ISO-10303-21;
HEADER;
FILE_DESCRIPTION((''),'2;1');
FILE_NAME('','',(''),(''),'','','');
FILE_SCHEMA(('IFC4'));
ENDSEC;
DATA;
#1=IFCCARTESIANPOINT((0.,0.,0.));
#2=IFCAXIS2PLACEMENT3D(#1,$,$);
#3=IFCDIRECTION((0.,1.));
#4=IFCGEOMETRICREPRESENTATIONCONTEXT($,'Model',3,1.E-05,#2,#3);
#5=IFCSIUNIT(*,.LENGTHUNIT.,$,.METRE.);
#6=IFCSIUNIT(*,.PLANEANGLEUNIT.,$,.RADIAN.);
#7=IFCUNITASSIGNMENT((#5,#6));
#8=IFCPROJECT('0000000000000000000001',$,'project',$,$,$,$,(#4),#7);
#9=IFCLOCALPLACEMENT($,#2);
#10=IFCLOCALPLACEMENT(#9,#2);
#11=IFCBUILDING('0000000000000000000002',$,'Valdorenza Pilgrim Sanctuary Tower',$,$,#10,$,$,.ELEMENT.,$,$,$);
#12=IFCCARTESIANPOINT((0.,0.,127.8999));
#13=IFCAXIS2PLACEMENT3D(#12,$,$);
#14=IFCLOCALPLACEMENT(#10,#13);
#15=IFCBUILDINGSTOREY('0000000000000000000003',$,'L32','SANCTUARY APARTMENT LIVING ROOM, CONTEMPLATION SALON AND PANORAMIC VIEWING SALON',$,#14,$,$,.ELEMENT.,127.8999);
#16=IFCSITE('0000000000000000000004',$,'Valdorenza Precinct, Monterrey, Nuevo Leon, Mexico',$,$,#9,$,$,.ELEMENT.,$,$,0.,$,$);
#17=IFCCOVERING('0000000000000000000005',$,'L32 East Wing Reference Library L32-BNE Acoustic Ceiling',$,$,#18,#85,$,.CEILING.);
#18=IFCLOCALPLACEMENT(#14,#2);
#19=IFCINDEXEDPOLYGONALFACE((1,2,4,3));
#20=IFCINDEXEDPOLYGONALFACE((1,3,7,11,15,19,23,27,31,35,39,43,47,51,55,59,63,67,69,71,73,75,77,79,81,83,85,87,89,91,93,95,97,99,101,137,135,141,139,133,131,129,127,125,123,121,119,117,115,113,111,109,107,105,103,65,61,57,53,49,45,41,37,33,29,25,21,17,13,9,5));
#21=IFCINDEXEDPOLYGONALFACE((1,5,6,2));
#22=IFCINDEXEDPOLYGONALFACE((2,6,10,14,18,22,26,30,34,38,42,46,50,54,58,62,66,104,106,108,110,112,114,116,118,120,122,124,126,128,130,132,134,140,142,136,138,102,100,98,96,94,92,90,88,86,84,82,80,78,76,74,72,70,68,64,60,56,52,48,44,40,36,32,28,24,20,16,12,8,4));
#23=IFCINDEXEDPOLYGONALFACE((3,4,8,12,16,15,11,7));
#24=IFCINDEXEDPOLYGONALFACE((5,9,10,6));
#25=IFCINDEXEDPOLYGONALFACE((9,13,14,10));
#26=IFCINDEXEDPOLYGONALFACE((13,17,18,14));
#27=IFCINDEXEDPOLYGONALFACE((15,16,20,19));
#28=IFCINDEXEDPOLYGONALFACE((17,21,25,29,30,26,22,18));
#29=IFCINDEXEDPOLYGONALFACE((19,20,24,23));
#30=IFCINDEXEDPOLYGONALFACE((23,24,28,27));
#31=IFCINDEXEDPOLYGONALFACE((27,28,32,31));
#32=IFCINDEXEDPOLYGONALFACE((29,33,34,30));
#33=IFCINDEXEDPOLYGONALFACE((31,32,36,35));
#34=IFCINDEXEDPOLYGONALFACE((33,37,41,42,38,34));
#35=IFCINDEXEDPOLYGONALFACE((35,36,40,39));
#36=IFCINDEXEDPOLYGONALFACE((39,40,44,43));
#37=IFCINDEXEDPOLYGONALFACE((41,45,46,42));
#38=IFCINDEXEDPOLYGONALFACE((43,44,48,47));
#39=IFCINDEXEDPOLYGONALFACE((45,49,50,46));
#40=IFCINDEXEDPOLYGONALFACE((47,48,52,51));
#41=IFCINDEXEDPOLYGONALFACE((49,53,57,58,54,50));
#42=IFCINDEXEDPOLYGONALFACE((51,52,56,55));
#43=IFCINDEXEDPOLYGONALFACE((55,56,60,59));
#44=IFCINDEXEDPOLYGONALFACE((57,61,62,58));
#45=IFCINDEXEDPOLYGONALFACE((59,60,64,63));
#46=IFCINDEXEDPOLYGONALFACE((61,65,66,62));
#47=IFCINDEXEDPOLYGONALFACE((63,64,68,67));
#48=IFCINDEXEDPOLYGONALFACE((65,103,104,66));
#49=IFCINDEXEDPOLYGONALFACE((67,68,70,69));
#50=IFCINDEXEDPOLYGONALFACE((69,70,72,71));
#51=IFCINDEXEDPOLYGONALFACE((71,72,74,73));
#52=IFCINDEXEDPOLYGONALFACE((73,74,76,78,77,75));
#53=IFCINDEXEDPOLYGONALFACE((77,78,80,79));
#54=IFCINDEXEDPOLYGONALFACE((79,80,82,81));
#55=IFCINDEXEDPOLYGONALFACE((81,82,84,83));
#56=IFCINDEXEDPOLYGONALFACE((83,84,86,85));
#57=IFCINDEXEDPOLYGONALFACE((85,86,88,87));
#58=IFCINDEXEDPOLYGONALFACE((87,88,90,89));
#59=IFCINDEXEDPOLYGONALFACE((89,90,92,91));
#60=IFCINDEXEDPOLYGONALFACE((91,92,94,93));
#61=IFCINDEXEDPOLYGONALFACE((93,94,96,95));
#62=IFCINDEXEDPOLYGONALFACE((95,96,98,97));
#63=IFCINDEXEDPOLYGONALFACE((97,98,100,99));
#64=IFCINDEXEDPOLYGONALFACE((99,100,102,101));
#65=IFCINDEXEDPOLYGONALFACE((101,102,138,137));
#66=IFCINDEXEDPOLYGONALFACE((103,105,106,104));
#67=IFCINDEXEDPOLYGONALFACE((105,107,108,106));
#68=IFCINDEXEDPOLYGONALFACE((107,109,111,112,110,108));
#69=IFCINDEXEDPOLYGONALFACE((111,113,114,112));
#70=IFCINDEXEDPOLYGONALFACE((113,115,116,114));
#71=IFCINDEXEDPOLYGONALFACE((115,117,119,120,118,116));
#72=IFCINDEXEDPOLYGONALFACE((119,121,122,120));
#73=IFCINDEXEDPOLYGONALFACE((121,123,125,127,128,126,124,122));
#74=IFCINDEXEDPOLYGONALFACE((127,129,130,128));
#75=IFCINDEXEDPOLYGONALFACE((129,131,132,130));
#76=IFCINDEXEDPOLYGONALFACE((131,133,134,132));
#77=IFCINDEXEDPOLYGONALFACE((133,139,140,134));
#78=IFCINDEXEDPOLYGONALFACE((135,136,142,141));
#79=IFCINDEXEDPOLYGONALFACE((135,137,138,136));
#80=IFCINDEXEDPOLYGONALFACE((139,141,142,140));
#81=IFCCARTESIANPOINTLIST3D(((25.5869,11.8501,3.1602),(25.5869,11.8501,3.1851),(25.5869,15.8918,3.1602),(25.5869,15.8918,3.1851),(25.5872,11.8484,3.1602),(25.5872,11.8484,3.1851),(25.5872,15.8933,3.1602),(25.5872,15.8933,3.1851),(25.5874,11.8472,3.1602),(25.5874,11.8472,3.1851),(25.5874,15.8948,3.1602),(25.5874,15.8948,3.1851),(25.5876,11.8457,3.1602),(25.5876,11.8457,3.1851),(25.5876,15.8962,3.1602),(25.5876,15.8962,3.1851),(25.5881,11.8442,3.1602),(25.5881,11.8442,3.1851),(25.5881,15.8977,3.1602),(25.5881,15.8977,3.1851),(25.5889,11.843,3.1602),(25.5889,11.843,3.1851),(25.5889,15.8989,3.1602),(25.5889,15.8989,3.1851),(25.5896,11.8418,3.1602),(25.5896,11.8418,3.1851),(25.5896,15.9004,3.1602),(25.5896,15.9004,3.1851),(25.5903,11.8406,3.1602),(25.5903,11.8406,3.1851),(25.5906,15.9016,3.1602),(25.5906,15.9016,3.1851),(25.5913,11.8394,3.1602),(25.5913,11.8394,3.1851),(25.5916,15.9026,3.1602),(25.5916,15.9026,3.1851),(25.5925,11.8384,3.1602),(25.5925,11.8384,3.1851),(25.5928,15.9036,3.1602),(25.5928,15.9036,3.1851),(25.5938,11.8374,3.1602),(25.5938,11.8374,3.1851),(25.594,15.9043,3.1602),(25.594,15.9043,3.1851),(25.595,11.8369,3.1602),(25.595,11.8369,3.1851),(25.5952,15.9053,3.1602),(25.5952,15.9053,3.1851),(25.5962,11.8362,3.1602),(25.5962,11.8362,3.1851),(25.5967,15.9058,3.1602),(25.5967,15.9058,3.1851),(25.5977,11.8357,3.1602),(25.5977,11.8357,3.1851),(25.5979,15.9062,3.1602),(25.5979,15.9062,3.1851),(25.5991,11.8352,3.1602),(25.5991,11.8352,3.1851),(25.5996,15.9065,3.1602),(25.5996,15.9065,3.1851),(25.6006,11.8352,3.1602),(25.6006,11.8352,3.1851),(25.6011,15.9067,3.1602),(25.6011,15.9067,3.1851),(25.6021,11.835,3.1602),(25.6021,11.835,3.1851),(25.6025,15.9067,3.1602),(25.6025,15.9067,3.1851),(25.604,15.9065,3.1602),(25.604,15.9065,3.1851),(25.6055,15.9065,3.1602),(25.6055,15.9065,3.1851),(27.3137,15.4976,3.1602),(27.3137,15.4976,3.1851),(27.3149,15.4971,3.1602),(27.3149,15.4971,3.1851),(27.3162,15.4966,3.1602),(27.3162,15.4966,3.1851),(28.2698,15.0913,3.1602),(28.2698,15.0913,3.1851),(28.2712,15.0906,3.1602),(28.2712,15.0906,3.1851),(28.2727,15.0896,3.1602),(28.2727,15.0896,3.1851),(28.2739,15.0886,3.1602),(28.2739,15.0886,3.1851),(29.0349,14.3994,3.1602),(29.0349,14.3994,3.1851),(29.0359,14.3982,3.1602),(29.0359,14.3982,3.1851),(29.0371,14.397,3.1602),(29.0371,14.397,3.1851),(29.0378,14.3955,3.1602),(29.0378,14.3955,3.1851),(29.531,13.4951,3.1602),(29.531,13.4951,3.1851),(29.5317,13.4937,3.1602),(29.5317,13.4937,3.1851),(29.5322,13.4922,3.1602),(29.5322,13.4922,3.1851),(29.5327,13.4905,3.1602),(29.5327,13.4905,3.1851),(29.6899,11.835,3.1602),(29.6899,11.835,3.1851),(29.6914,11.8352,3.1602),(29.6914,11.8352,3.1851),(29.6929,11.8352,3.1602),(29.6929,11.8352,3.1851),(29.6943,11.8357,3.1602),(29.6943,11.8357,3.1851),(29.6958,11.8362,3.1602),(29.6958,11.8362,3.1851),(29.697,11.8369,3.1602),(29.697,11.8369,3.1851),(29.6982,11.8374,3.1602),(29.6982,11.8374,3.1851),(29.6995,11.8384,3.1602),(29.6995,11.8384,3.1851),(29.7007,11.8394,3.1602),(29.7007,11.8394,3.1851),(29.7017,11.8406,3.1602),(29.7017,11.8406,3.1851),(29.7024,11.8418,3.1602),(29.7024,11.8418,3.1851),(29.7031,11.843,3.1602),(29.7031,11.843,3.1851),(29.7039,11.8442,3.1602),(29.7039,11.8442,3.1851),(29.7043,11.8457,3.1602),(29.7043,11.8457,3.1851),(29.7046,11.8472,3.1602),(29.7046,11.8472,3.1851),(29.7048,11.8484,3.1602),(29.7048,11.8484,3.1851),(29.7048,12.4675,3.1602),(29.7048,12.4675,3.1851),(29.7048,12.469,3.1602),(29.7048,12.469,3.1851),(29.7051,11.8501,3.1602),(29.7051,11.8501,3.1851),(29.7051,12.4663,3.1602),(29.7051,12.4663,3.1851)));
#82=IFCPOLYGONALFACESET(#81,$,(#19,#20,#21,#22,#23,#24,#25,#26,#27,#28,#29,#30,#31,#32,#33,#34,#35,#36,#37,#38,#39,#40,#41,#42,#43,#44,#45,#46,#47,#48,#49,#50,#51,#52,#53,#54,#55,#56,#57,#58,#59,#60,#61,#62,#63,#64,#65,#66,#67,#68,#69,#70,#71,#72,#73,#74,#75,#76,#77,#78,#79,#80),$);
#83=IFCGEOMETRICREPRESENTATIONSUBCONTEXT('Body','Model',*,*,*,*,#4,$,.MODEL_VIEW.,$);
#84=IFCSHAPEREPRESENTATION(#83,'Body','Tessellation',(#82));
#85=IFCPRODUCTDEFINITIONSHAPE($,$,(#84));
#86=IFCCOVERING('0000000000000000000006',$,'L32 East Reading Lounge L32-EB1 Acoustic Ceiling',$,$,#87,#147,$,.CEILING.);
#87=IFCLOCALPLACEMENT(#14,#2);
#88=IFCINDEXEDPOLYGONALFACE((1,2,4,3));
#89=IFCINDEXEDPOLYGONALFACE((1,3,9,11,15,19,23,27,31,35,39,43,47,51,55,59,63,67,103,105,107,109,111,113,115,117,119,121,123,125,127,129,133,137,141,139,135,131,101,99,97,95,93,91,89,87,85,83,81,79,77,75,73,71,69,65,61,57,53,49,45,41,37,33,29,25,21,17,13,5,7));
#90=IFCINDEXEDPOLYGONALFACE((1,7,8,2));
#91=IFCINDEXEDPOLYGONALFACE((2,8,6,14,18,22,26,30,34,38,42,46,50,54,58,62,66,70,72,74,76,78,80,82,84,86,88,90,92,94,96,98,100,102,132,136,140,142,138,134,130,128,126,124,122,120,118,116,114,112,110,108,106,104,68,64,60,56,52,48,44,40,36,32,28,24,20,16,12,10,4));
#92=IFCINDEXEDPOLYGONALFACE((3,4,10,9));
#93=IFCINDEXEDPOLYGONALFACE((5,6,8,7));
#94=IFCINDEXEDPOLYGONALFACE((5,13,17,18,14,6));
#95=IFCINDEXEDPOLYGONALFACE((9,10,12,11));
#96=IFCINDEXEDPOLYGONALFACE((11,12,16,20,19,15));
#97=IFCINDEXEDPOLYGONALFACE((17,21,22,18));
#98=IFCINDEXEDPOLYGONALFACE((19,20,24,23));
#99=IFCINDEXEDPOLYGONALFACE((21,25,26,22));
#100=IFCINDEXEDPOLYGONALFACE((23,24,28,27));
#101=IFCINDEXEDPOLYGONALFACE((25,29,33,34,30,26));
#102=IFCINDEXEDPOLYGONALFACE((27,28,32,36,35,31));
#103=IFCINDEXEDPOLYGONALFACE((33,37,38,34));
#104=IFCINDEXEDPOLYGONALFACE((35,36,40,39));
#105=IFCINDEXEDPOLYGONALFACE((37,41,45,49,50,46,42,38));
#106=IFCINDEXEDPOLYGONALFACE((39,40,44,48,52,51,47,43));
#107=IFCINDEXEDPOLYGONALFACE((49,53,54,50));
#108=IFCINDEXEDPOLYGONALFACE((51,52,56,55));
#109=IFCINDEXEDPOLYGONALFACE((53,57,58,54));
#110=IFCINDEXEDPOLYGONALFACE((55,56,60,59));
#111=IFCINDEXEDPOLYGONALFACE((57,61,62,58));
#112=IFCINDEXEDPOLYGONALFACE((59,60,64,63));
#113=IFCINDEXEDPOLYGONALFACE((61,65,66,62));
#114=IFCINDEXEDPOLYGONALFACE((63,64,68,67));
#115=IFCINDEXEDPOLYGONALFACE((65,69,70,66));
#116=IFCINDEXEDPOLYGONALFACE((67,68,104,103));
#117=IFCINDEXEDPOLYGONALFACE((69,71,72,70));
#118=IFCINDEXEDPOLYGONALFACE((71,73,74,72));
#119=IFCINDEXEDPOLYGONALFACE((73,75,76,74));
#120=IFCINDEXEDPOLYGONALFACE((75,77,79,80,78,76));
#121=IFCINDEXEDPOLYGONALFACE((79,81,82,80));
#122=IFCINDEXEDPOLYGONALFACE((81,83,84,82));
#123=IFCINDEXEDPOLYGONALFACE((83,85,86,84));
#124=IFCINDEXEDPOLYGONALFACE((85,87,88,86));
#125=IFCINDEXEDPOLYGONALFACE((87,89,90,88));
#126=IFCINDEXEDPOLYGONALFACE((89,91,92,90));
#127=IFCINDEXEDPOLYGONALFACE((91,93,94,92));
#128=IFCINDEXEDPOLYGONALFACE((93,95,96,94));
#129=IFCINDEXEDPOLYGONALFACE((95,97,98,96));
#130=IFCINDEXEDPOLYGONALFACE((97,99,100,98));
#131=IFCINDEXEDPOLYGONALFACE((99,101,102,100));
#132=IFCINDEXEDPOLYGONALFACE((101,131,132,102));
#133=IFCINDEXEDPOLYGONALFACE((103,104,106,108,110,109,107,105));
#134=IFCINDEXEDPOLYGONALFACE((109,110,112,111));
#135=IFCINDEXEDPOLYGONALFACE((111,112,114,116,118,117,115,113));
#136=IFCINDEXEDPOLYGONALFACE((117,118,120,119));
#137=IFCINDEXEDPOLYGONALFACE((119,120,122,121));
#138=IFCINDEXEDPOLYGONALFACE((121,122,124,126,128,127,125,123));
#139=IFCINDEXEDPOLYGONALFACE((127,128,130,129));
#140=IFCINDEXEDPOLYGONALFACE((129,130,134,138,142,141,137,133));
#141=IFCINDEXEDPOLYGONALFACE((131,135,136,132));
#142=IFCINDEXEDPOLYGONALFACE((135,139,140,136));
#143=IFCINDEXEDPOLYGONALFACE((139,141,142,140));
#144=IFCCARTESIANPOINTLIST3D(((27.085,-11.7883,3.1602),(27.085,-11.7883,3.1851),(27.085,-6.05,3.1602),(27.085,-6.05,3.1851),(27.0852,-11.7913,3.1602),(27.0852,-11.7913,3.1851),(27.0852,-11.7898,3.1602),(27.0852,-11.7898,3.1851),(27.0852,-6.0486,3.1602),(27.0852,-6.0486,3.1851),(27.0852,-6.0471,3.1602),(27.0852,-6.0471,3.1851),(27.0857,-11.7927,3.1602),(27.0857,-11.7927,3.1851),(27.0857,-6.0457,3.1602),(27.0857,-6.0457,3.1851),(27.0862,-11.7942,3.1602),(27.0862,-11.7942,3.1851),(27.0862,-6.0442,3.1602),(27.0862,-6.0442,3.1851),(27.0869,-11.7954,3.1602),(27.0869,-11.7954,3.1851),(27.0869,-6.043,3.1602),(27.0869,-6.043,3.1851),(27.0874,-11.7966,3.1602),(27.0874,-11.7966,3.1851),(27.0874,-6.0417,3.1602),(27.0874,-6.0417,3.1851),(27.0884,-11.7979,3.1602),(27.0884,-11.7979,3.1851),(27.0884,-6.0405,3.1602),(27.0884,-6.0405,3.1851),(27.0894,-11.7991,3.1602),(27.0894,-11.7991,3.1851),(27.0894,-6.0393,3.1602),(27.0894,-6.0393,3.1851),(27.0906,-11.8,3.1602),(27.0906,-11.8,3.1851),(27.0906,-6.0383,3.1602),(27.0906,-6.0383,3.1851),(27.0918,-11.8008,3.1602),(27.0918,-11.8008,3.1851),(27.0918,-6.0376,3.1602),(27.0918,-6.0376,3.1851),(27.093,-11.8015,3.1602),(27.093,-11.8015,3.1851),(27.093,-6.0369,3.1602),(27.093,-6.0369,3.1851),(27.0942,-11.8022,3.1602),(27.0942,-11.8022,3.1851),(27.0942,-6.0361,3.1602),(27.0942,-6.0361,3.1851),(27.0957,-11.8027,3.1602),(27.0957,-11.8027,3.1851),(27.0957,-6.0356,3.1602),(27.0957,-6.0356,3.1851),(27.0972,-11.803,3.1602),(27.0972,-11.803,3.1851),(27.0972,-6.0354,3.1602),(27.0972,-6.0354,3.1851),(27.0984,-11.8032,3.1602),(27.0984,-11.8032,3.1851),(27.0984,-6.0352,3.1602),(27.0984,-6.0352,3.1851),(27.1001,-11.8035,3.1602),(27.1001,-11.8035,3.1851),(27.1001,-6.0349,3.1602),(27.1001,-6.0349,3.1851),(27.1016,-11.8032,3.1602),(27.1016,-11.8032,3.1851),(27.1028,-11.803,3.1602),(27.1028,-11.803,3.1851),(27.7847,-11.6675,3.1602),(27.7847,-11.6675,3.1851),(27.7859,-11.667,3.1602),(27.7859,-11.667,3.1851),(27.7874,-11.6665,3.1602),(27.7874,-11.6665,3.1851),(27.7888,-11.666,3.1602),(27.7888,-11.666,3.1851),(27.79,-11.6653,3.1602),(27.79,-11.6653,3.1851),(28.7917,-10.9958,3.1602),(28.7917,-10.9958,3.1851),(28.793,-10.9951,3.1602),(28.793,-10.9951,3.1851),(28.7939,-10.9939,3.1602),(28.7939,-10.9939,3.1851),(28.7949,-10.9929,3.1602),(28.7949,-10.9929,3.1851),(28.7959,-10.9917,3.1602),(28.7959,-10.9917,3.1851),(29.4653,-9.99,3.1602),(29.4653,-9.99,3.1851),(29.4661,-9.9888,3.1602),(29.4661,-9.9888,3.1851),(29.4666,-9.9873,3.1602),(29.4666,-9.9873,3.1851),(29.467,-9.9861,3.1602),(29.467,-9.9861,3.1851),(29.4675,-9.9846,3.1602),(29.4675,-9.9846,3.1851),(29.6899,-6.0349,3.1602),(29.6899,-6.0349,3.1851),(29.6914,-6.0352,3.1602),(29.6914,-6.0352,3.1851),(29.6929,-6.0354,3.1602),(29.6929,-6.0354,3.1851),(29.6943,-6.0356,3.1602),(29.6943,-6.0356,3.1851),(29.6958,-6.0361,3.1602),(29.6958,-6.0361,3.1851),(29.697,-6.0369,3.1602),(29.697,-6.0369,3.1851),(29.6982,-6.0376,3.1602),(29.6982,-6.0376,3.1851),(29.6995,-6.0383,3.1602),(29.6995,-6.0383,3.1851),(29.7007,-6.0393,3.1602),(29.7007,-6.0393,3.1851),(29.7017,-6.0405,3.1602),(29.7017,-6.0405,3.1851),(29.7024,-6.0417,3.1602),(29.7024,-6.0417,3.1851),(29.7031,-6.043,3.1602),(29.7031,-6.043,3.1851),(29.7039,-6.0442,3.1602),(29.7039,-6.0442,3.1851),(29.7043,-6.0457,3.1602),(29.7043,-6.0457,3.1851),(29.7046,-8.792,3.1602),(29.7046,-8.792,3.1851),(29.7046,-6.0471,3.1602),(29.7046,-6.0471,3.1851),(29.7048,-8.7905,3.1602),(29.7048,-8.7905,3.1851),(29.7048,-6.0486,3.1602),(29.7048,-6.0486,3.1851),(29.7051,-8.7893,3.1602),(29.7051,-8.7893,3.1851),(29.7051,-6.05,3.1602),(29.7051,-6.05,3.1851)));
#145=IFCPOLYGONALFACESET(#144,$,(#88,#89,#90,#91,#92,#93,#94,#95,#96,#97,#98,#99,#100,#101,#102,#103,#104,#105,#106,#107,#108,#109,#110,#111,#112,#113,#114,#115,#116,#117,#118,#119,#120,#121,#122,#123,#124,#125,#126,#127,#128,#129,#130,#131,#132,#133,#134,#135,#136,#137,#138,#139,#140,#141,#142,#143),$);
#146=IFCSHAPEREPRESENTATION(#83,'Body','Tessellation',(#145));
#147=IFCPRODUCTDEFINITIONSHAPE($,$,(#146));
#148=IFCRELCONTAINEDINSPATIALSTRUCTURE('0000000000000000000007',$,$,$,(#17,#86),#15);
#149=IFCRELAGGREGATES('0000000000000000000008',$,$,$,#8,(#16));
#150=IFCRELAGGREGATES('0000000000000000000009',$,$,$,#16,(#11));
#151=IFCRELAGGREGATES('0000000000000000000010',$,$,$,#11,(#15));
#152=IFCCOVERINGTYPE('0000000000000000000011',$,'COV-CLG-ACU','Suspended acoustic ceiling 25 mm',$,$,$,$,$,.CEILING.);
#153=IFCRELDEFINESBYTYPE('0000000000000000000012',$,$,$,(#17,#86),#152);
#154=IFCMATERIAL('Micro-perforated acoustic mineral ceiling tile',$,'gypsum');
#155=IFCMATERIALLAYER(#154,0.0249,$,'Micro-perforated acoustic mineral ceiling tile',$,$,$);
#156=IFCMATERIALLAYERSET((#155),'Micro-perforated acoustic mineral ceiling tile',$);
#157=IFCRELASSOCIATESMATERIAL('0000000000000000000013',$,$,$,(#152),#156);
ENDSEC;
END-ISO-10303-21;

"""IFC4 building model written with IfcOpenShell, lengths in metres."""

from ifc_helpers import new_model, si_unit, direction, frame, origin, place, context, subcontext, project, spatial, polyline, outline, extrude, material, layer, layer_set, type_object, element, save


model = new_model("IFC4")

# Units and contexts
model_context = context("Model", 3, precision=1e-05, world=origin(), true_north=direction((0.0, 1.0)))
body_context = subcontext(model_context, "Body", "Model", "MODEL_VIEW")
ifc_project = project(units=[si_unit("LENGTHUNIT", "METRE"), si_unit("PLANEANGLEUNIT", "RADIAN")], contexts=[model_context])

# Site, building, storey
site_placement = place(None, origin())
site = spatial("IfcSite", under=ifc_project, at=site_placement, Name="Valdorenza Precinct, Monterrey, Nuevo Leon, Mexico", CompositionType="ELEMENT", RefElevation=0.0)
building_placement = place(site_placement, origin())
building = spatial("IfcBuilding", under=site, at=building_placement, Name="Valdorenza Pilgrim Sanctuary Tower", CompositionType="ELEMENT")
storey_placement = place(building_placement, frame((0.0, 0.0, 127.8999)))
storey = spatial("IfcBuildingStorey", under=building, at=storey_placement, Name="L32", Description="SANCTUARY APARTMENT LIVING ROOM, CONTEMPLATION SALON AND PANORAMIC VIEWING SALON", CompositionType="ELEMENT", Elevation=127.8999)

# Coverings
ifc_material_1 = material(Name="Micro-perforated acoustic mineral ceiling tile", Category="gypsum")
ifc_layer_1 = layer(ifc_material_1, 0.0249, Name="Micro-perforated acoustic mineral ceiling tile")
ifc_layer_set_1 = layer_set([ifc_layer_1], Name="Micro-perforated acoustic mineral ceiling tile")
covering_type_1 = type_object("IfcCoveringType", Name="COV-CLG-ACU", Description="Suspended acoustic ceiling 25 mm", PredefinedType="CEILING", material=ifc_layer_set_1)
covering_1_placement = place(storey_placement, frame((0.0, 0.0, 3.1602)))
element("IfcCovering", 1, at=covering_1_placement, inside=storey, type_object=covering_type_1, Name="L32 East Wing Reference Library L32-BNE Acoustic Ceiling", PredefinedType="CEILING", context=body_context, shape_type="SweptSolid", body=[
    extrude(outline(polyline([(27.3137, 15.4976), (27.3149, 15.4971), (27.3162, 15.4966), (28.2698, 15.0913), (28.2712, 15.0906), (28.2727, 15.0896), (28.2739, 15.0886), (29.0349, 14.3994), (29.0359, 14.3982), (29.0371, 14.397), (29.0378, 14.3955), (29.531, 13.4951), (29.5317, 13.4937), (29.5322, 13.4922), (29.5327, 13.4905), (29.7048, 12.469), (29.7048, 12.4675), (29.7051, 12.4663), (29.7051, 11.8501), (29.7048, 11.8484), (29.7046, 11.8472), (29.7043, 11.8457), (29.7039, 11.8442), (29.7031, 11.843), (29.7024, 11.8418), (29.7017, 11.8406), (29.7007, 11.8394), (29.6995, 11.8384), (29.6982, 11.8374), (29.697, 11.8369), (29.6958, 11.8362), (29.6943, 11.8357), (29.6929, 11.8352), (29.6914, 11.8352), (29.6899, 11.835), (25.6021, 11.835), (25.6006, 11.8352), (25.5991, 11.8352), (25.5977, 11.8357), (25.5962, 11.8362), (25.595, 11.8369), (25.5938, 11.8374), (25.5925, 11.8384), (25.5913, 11.8394), (25.5903, 11.8406), (25.5896, 11.8418), (25.5889, 11.843), (25.5881, 11.8442), (25.5876, 11.8457), (25.5874, 11.8472), (25.5872, 11.8484), (25.5869, 11.8501), (25.5869, 15.8918), (25.5872, 15.8933), (25.5874, 15.8948), (25.5876, 15.8962), (25.5881, 15.8977), (25.5889, 15.8989), (25.5896, 15.9004), (25.5906, 15.9016), (25.5916, 15.9026), (25.5928, 15.9036), (25.594, 15.9043), (25.5952, 15.9053), (25.5967, 15.9058), (25.5979, 15.9062), (25.5996, 15.9065), (25.6011, 15.9067), (25.6025, 15.9067), (25.604, 15.9065), (25.6055, 15.9065), (27.3137, 15.4976)])), origin(), (0.0, 0.0, 1.0), 0.0249),
])
covering_2_placement = place(storey_placement, frame((0.0, 0.0, 3.1602)))
element("IfcCovering", 2, at=covering_2_placement, inside=storey, type_object=covering_type_1, Name="L32 East Reading Lounge L32-EB1 Acoustic Ceiling", PredefinedType="CEILING", context=body_context, shape_type="SweptSolid", body=[
    extrude(outline(polyline([(29.6899, -6.0349), (29.6914, -6.0352), (29.6929, -6.0354), (29.6943, -6.0356), (29.6958, -6.0361), (29.697, -6.0369), (29.6982, -6.0376), (29.6995, -6.0383), (29.7007, -6.0393), (29.7017, -6.0405), (29.7024, -6.0417), (29.7031, -6.043), (29.7039, -6.0442), (29.7043, -6.0457), (29.7046, -6.0471), (29.7048, -6.0486), (29.7051, -6.05), (29.7051, -8.7893), (29.7048, -8.7905), (29.7046, -8.792), (29.4675, -9.9846), (29.467, -9.9861), (29.4666, -9.9873), (29.4661, -9.9888), (29.4653, -9.99), (28.7959, -10.9917), (28.7949, -10.9929), (28.7939, -10.9939), (28.793, -10.9951), (28.7917, -10.9958), (27.79, -11.6653), (27.7888, -11.666), (27.7874, -11.6665), (27.7859, -11.667), (27.7847, -11.6675), (27.1028, -11.803), (27.1016, -11.8032), (27.1001, -11.8035), (27.0984, -11.8032), (27.0972, -11.803), (27.0957, -11.8027), (27.0942, -11.8022), (27.093, -11.8015), (27.0918, -11.8008), (27.0906, -11.8), (27.0894, -11.7991), (27.0884, -11.7979), (27.0874, -11.7966), (27.0869, -11.7954), (27.0862, -11.7942), (27.0857, -11.7927), (27.0852, -11.7913), (27.0852, -11.7898), (27.085, -11.7883), (27.085, -6.05), (27.0852, -6.0486), (27.0852, -6.0471), (27.0857, -6.0457), (27.0862, -6.0442), (27.0869, -6.043), (27.0874, -6.0417), (27.0884, -6.0405), (27.0894, -6.0393), (27.0906, -6.0383), (27.0918, -6.0376), (27.093, -6.0369), (27.0942, -6.0361), (27.0957, -6.0356), (27.0972, -6.0354), (27.0984, -6.0352), (27.1001, -6.0349), (29.6899, -6.0349)])), origin(), (0.0, 0.0, 1.0), 0.0249),
])

save(model, "model.ifc")
